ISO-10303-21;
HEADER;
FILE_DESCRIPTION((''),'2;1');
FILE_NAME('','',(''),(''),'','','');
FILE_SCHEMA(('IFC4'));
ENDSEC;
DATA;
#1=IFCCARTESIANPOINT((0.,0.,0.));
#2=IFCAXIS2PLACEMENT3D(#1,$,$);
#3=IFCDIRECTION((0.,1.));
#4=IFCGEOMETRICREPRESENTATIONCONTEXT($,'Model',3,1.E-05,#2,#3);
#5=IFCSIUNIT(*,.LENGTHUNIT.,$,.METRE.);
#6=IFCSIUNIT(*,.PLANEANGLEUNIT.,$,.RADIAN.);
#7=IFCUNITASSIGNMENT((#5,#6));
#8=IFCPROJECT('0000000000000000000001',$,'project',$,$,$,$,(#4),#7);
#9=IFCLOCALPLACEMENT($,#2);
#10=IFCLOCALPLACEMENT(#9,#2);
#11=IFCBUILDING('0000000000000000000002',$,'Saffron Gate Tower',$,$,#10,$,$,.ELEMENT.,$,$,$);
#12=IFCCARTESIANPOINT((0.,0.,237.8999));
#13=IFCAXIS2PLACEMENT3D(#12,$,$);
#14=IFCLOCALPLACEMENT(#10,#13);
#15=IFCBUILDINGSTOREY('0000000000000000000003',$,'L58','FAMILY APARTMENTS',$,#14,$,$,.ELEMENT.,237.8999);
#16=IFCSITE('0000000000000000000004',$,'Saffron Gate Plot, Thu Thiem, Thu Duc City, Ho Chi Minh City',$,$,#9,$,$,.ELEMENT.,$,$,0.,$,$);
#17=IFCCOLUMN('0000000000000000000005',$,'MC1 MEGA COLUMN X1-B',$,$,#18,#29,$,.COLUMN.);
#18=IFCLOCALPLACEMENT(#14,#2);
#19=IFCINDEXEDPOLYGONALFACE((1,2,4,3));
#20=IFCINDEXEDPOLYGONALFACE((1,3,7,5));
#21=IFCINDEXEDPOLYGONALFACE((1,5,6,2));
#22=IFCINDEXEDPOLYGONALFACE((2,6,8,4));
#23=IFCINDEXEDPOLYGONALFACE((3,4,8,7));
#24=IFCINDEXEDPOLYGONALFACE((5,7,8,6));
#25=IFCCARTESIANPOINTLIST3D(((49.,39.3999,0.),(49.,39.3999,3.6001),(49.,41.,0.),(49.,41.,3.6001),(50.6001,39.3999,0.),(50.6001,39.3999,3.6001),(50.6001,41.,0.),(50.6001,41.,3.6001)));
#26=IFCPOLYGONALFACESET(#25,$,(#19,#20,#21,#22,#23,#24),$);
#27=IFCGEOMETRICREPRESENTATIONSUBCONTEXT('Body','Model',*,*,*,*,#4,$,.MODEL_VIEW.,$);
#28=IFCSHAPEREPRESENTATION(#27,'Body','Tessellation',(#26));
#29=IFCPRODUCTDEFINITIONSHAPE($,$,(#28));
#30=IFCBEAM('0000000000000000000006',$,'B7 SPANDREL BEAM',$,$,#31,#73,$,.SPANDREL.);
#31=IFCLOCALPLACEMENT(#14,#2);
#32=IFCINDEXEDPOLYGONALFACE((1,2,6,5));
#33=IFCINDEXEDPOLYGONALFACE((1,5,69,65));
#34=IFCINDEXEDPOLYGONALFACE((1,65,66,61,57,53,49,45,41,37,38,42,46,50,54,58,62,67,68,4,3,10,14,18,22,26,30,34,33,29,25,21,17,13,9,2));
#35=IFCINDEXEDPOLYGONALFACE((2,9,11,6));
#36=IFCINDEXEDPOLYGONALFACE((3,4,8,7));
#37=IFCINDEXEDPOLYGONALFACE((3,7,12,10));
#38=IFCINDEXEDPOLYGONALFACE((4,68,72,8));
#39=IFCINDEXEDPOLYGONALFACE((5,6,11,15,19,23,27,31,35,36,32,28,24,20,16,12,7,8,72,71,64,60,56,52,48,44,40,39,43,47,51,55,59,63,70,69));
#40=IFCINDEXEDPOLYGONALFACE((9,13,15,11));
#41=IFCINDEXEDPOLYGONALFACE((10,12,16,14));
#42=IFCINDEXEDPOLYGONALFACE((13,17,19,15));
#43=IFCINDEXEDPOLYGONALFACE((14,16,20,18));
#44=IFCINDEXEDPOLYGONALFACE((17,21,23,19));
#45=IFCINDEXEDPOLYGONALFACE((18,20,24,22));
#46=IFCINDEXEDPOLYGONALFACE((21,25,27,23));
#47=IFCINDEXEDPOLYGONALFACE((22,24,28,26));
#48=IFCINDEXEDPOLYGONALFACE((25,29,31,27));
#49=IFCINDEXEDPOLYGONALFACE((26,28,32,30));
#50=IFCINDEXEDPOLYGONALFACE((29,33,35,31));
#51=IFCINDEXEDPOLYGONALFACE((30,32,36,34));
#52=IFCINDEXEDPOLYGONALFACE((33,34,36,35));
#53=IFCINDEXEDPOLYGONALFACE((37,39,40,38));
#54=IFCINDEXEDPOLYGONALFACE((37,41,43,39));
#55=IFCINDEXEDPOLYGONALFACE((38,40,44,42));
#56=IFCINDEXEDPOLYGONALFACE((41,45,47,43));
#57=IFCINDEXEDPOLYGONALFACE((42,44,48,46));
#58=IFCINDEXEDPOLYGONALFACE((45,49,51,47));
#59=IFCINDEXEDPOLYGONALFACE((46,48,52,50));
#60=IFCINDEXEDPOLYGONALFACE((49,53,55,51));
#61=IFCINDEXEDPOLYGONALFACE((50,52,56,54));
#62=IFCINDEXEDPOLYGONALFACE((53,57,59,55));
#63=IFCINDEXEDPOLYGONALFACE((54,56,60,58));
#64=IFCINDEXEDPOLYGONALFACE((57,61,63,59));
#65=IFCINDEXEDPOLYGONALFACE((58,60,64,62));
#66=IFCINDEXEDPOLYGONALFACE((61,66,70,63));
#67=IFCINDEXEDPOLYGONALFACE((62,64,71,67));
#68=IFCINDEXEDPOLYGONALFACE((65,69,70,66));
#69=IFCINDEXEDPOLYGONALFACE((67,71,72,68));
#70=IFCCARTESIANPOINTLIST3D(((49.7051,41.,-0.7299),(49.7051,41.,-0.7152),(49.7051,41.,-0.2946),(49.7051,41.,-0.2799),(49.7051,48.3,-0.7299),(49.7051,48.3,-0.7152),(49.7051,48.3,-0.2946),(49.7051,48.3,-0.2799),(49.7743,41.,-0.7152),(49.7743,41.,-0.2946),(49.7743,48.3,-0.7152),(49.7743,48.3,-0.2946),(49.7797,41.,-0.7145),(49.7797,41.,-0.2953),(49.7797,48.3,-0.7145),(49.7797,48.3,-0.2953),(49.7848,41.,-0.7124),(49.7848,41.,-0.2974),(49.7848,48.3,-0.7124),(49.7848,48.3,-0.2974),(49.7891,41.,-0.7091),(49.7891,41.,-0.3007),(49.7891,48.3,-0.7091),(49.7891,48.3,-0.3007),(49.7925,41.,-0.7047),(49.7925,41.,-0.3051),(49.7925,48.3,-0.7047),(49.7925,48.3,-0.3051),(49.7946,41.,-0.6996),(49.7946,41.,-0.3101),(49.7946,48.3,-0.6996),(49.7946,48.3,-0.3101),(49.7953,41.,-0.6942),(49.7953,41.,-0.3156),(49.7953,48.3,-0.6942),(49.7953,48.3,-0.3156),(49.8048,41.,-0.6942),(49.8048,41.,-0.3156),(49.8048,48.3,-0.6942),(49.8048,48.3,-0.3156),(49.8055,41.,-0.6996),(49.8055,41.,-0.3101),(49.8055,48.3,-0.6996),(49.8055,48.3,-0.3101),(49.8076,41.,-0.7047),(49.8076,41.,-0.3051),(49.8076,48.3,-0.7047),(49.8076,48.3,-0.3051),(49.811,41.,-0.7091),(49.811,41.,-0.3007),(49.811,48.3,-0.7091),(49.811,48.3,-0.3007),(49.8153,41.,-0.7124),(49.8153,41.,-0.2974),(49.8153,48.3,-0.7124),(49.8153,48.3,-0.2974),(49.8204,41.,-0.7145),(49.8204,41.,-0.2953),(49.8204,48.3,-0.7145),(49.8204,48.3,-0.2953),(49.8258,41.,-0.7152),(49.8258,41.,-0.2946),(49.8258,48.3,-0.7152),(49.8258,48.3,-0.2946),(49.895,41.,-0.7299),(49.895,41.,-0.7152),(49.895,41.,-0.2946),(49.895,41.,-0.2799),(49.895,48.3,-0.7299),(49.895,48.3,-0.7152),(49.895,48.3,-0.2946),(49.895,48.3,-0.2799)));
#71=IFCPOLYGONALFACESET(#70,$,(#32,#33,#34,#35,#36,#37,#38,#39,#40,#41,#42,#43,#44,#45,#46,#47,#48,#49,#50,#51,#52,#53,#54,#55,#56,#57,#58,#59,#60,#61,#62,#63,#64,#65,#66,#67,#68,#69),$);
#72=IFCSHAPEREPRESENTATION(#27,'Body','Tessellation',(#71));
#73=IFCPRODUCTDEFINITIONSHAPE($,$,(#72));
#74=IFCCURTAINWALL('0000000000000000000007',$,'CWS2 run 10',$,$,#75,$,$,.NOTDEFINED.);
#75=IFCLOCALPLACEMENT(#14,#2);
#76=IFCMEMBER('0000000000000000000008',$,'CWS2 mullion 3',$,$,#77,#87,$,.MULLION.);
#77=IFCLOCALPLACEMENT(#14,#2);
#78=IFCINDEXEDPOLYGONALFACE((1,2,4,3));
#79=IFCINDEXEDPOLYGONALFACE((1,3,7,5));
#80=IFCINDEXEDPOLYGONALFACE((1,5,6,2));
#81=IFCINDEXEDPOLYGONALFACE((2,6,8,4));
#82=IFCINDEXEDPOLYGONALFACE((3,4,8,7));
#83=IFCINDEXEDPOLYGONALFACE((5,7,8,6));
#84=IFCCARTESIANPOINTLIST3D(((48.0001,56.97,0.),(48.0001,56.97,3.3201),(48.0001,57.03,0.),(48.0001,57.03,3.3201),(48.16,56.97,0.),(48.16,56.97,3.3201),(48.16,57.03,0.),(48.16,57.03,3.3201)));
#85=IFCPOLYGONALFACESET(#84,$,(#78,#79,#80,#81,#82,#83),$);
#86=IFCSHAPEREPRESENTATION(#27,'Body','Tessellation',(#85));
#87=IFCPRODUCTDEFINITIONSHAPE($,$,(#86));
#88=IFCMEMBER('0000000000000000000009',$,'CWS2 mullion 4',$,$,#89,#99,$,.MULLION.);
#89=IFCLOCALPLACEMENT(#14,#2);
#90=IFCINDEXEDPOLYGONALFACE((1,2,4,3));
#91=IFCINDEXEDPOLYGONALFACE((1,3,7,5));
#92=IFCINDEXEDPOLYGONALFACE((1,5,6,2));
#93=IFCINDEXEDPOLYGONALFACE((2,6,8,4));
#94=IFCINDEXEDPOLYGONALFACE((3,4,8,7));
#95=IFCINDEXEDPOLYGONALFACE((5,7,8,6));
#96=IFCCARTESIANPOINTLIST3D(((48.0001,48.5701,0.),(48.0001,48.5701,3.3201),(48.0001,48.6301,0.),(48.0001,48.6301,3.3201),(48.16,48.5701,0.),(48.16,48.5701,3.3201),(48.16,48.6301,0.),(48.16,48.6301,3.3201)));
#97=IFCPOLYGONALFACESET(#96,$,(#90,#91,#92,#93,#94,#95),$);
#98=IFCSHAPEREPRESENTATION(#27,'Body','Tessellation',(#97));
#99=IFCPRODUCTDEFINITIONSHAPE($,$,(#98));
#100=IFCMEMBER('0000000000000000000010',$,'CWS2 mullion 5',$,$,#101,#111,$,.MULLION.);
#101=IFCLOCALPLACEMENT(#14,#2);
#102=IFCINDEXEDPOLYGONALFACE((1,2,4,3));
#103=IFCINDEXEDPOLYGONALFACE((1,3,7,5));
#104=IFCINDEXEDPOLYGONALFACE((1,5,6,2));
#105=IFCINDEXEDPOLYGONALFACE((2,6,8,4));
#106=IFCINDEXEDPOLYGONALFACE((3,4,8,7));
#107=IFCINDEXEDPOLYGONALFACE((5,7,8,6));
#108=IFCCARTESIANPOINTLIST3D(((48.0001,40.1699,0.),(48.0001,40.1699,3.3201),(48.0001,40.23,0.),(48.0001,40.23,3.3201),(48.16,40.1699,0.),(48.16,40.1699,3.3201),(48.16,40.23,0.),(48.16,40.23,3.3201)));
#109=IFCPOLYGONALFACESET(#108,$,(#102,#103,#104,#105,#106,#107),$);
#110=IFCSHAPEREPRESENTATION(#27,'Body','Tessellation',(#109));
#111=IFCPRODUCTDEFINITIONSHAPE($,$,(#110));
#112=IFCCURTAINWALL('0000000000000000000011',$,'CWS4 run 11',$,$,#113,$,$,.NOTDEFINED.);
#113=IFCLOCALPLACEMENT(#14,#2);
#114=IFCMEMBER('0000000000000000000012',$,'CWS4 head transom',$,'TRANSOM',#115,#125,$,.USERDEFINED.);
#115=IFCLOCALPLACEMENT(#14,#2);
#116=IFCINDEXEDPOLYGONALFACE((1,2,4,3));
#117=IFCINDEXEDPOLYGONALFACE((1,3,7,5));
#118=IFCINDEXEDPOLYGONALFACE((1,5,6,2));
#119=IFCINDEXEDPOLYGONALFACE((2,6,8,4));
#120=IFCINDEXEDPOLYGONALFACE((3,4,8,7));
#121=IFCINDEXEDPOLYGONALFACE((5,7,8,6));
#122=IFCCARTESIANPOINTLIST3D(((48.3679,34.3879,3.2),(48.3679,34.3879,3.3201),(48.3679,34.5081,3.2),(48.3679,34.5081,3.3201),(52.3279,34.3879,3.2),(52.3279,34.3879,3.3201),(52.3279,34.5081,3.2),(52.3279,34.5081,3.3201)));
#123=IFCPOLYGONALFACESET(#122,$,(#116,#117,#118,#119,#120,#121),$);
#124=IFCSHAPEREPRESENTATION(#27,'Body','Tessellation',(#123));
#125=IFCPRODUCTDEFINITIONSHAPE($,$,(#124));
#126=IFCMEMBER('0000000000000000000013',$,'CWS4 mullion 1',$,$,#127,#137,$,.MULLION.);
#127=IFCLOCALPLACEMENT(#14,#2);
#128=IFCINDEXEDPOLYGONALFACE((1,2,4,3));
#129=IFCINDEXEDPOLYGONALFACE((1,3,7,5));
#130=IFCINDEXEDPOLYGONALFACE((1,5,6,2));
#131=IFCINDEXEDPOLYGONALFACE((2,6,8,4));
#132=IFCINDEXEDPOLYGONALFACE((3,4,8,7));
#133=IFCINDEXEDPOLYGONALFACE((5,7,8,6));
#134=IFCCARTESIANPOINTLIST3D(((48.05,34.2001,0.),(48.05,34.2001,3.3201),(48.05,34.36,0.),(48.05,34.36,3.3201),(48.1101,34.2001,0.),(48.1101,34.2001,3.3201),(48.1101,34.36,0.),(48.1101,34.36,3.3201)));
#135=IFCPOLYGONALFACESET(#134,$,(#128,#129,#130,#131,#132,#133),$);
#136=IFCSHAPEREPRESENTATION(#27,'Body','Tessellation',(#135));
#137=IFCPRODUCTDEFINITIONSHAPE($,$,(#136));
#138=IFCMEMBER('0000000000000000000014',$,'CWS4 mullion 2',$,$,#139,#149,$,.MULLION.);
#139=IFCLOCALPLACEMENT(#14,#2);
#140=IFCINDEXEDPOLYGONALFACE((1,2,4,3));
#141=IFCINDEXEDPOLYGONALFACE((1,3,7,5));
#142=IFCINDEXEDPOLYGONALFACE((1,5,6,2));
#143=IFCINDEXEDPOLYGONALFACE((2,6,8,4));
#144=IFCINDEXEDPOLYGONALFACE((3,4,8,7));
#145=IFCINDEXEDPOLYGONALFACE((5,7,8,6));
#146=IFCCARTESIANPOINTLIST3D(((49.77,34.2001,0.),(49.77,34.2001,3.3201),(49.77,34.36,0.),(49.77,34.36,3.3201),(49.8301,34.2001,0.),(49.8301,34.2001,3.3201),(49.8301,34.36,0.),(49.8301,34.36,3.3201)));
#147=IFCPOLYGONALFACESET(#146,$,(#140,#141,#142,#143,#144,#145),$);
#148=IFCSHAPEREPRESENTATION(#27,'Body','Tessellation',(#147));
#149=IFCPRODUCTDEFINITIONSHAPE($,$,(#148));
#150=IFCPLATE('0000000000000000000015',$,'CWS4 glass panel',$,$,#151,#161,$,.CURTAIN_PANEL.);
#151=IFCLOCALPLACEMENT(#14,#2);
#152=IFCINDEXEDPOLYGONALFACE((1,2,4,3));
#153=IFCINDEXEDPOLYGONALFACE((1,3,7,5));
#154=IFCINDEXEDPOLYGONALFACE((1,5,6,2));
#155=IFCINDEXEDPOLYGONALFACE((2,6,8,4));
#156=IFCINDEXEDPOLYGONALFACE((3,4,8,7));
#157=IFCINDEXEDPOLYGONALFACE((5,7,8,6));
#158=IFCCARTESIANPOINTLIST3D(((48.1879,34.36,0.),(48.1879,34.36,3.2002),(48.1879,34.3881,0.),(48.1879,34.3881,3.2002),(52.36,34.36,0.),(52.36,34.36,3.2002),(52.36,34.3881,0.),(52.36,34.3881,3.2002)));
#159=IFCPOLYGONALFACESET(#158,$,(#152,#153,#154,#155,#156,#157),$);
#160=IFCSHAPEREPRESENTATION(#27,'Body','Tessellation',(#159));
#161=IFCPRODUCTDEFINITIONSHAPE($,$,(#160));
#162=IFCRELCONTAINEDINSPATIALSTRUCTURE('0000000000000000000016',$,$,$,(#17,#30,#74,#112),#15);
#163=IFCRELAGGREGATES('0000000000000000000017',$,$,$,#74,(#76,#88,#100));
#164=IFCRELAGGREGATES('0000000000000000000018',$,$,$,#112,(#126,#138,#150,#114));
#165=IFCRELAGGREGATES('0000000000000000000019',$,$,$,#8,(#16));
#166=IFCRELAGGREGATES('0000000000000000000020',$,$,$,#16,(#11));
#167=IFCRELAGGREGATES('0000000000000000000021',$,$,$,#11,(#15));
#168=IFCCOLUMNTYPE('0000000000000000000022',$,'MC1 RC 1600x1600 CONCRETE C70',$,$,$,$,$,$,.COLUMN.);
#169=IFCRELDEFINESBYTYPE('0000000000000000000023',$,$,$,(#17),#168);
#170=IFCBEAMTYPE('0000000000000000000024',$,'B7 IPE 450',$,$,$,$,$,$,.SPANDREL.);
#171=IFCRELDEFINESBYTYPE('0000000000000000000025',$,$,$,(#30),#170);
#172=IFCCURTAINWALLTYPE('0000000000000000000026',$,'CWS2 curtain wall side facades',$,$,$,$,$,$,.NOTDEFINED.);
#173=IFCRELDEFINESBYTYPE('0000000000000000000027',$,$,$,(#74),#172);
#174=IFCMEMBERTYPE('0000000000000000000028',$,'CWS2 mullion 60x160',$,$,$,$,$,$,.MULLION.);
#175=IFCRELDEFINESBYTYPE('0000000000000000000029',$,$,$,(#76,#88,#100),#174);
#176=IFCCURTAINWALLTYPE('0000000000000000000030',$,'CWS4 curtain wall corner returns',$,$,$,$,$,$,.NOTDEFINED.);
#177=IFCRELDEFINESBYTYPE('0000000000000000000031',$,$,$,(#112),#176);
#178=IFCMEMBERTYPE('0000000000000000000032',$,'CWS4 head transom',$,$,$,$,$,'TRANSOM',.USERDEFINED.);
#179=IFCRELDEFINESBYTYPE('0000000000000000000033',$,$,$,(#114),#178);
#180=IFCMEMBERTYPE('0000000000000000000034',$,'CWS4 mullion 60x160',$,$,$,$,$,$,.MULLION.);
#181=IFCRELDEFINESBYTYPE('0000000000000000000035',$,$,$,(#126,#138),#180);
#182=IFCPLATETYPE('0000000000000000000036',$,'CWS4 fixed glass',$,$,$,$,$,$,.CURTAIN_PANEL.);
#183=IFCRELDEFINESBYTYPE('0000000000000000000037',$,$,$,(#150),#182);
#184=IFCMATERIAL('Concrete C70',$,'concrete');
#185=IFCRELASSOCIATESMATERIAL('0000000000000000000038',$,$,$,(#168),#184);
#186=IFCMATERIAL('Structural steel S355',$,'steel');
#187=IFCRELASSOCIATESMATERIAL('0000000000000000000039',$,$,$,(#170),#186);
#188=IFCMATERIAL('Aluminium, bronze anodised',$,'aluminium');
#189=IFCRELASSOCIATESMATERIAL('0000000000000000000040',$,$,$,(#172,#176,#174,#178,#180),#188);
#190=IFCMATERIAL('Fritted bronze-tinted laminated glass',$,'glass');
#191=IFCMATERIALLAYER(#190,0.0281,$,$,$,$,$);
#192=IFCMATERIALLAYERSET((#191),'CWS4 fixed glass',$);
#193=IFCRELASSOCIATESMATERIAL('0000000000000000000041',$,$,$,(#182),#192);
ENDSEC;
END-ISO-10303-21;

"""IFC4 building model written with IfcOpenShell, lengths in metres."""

from ifc_helpers import new_model, si_unit, direction, frame, frame_2d, origin, origin_2d, place, context, subcontext, project, spatial, rectangle, i_section, extrude, material, layer, layer_set, material_profile, profile_set, type_object, element, aggregate, save


model = new_model("IFC4")

# Units and contexts
model_context = context("Model", 3, precision=1e-05, world=origin(), true_north=direction((0.0, 1.0)))
body_context = subcontext(model_context, "Body", "Model", "MODEL_VIEW")
ifc_project = project(units=[si_unit("LENGTHUNIT", "METRE"), si_unit("PLANEANGLEUNIT", "RADIAN")], contexts=[model_context])

# Site, building, storey
site_placement = place(None, origin())
site = spatial("IfcSite", under=ifc_project, at=site_placement, Name="Saffron Gate Plot, Thu Thiem, Thu Duc City, Ho Chi Minh City", CompositionType="ELEMENT", RefElevation=0.0)
building_placement = place(site_placement, origin())
building = spatial("IfcBuilding", under=site, at=building_placement, Name="Saffron Gate Tower", CompositionType="ELEMENT")
storey_placement = place(building_placement, frame((0.0, 0.0, 237.8999)))
storey = spatial("IfcBuildingStorey", under=building, at=storey_placement, Name="L58", Description="FAMILY APARTMENTS", CompositionType="ELEMENT", Elevation=237.8999)

# Column
ifc_material_1 = material(Name="Concrete C70", Category="concrete")
ifc_material_profile_1 = material_profile(ifc_material_1, rectangle(XDim=1.6001, YDim=1.6001, at=origin_2d()))
ifc_profile_set_1 = profile_set([ifc_material_profile_1], Name="Concrete C70")
column_type = type_object("IfcColumnType", Name="MC1 RC 1600x1600 CONCRETE C70", PredefinedType="COLUMN", material=ifc_profile_set_1)
column_placement = place(storey_placement, frame((49.8, 40.2, 0.0), z_axis=(0.0, 0.0, 1.0), x_axis=(1.0, 0.0, 0.0)))
element("IfcColumn", 1, at=column_placement, inside=storey, type_object=column_type, Name="MC1 MEGA COLUMN X1-B", PredefinedType="COLUMN", context=body_context, shape_type="SweptSolid", body=[
    extrude(rectangle(XDim=1.6001, YDim=1.6001, at=origin_2d()), origin(), (0.0, 0.0, 1.0), 3.6001),
])

# Beam
ifc_material_2 = material(Name="Structural steel S355", Category="steel")
ifc_material_profile_2 = material_profile(ifc_material_2, i_section(OverallWidth=0.1899, OverallDepth=0.45, WebThickness=0.0095, FlangeThickness=0.0146, FilletRadius=0.021, at=origin_2d()))
ifc_profile_set_2 = profile_set([ifc_material_profile_2], Name="Structural steel S355")
beam_type = type_object("IfcBeamType", Name="B7 IPE 450", PredefinedType="SPANDREL", material=ifc_profile_set_2)
beam_placement = place(storey_placement, frame((49.8, 41.0, -0.5049), z_axis=(0.0, 1.0, 0.0), x_axis=(-1.0, 0.0, 0.0)))
element("IfcBeam", 2, at=beam_placement, inside=storey, type_object=beam_type, Name="B7 SPANDREL BEAM", PredefinedType="SPANDREL", context=body_context, shape_type="SweptSolid", body=[
    extrude(i_section(OverallWidth=0.1899, OverallDepth=0.45, WebThickness=0.0095, FlangeThickness=0.0146, FilletRadius=0.021, at=origin_2d()), origin(), (0.0, 0.0, 1.0), 7.3),
])

# Curtain wall, members
ifc_material_3 = material(Name="Aluminium, bronze anodised", Category="aluminium")
curtain_wall_type_1 = type_object("IfcCurtainWallType", Name="CWS2 curtain wall side facades", PredefinedType="NOTDEFINED", material=ifc_material_3)
curtain_wall_1_placement = place(storey_placement, origin())
curtain_wall_1 = element("IfcCurtainWall", 3, at=curtain_wall_1_placement, inside=storey, type_object=curtain_wall_type_1, Name="CWS2 run 10", PredefinedType="NOTDEFINED")
ifc_material_profile_3 = material_profile(ifc_material_3, rectangle(XDim=0.1599, YDim=0.0601, at=origin_2d()))
ifc_profile_set_3 = profile_set([ifc_material_profile_3], Name="Aluminium, bronze anodised")
member_type_1 = type_object("IfcMemberType", Name="CWS2 mullion 60x160", PredefinedType="MULLION", material=ifc_profile_set_3)
member_1_placement = place(storey_placement, frame((48.0801, 57.0, 0.0), z_axis=(0.0, 0.0, 1.0), x_axis=(1.0, 0.0, 0.0)))
member_1 = element("IfcMember", 4, at=member_1_placement, type_object=member_type_1, Name="CWS2 mullion 3", PredefinedType="MULLION", context=body_context, shape_type="SweptSolid", body=[
    extrude(rectangle(XDim=0.1599, YDim=0.0601, at=origin_2d()), origin(), (0.0, 0.0, 1.0), 3.3201),
])
member_2_placement = place(storey_placement, frame((48.0801, 48.6001, 0.0), z_axis=(0.0, 0.0, 1.0), x_axis=(1.0, 0.0, 0.0)))
member_2 = element("IfcMember", 5, at=member_2_placement, type_object=member_type_1, Name="CWS2 mullion 4", PredefinedType="MULLION", context=body_context, shape_type="SweptSolid", body=[
    extrude(rectangle(XDim=0.1599, YDim=0.0601, at=origin_2d()), origin(), (0.0, 0.0, 1.0), 3.3201),
])
member_3_placement = place(storey_placement, frame((48.0801, 40.2, 0.0), z_axis=(0.0, 0.0, 1.0), x_axis=(1.0, 0.0, 0.0)))
member_3 = element("IfcMember", 6, at=member_3_placement, type_object=member_type_1, Name="CWS2 mullion 5", PredefinedType="MULLION", context=body_context, shape_type="SweptSolid", body=[
    extrude(rectangle(XDim=0.1599, YDim=0.0601, at=origin_2d()), origin(), (0.0, 0.0, 1.0), 3.3201),
])
aggregate(curtain_wall_1, [member_1, member_2, member_3])

# Curtain wall, members, plate
curtain_wall_type_2 = type_object("IfcCurtainWallType", Name="CWS4 curtain wall corner returns", PredefinedType="NOTDEFINED", material=ifc_material_3)
curtain_wall_2_placement = place(storey_placement, origin())
curtain_wall_2 = element("IfcCurtainWall", 7, at=curtain_wall_2_placement, inside=storey, type_object=curtain_wall_type_2, Name="CWS4 run 11", PredefinedType="NOTDEFINED")
ifc_material_profile_4 = material_profile(ifc_material_3, rectangle(XDim=0.1201, YDim=0.1201, at=origin_2d()))
ifc_profile_set_4 = profile_set([ifc_material_profile_4], Name="Aluminium, bronze anodised")
member_type_2 = type_object("IfcMemberType", Name="CWS4 head transom", ElementType="TRANSOM", PredefinedType="USERDEFINED", material=ifc_profile_set_4)
member_4_placement = place(storey_placement, frame((48.3679, 34.448, 3.26), z_axis=(1.0, 0.0, 0.0), x_axis=(0.0, 1.0, 0.0)))
member_4 = element("IfcMember", 8, at=member_4_placement, type_object=member_type_2, Name="CWS4 head transom", ObjectType="TRANSOM", PredefinedType="USERDEFINED", context=body_context, shape_type="SweptSolid", body=[
    extrude(rectangle(XDim=0.1201, YDim=0.1201, at=origin_2d()), origin(), (0.0, 0.0, 1.0), 3.96),
])
ifc_material_profile_5 = material_profile(ifc_material_3, rectangle(XDim=0.1599, YDim=0.0601, at=origin_2d()))
ifc_profile_set_5 = profile_set([ifc_material_profile_5], Name="Aluminium, bronze anodised")
member_type_3 = type_object("IfcMemberType", Name="CWS4 mullion 60x160", PredefinedType="MULLION", material=ifc_profile_set_5)
member_5_placement = place(storey_placement, frame((48.0801, 34.28, 0.0), z_axis=(0.0, 0.0, 1.0), x_axis=(0.0, 1.0, 0.0)))
member_5 = element("IfcMember", 9, at=member_5_placement, type_object=member_type_3, Name="CWS4 mullion 1", PredefinedType="MULLION", context=body_context, shape_type="SweptSolid", body=[
    extrude(rectangle(XDim=0.1599, YDim=0.0601, at=origin_2d()), origin(), (0.0, 0.0, 1.0), 3.3201),
])
member_6_placement = place(storey_placement, frame((49.8, 34.28, 0.0), z_axis=(0.0, 0.0, 1.0), x_axis=(0.0, 1.0, 0.0)))
member_6 = element("IfcMember", 10, at=member_6_placement, type_object=member_type_3, Name="CWS4 mullion 2", PredefinedType="MULLION", context=body_context, shape_type="SweptSolid", body=[
    extrude(rectangle(XDim=0.1599, YDim=0.0601, at=origin_2d()), origin(), (0.0, 0.0, 1.0), 3.3201),
])
ifc_material_4 = material(Name="Fritted bronze-tinted laminated glass", Category="glass")
ifc_layer_1 = layer(ifc_material_4, 0.0281)
ifc_layer_set_1 = layer_set([ifc_layer_1], Name="CWS4 fixed glass")
plate_type = type_object("IfcPlateType", Name="CWS4 fixed glass", PredefinedType="CURTAIN_PANEL", material=ifc_layer_set_1)
plate_placement = place(storey_placement, frame((48.188, 34.374, 0.0), z_axis=(0.0, 0.0, 1.0), x_axis=(1.0, 0.0, 0.0)))
plate = element("IfcPlate", 11, at=plate_placement, type_object=plate_type, Name="CWS4 glass panel", PredefinedType="CURTAIN_PANEL", context=body_context, shape_type="SweptSolid", body=[
    extrude(rectangle(XDim=4.1721, YDim=0.0281, at=frame_2d((2.0859, 0.0))), origin(), (0.0, 0.0, 1.0), 3.2002),
])
aggregate(curtain_wall_2, [member_5, member_6, plate, member_4])

save(model, "model.ifc")
